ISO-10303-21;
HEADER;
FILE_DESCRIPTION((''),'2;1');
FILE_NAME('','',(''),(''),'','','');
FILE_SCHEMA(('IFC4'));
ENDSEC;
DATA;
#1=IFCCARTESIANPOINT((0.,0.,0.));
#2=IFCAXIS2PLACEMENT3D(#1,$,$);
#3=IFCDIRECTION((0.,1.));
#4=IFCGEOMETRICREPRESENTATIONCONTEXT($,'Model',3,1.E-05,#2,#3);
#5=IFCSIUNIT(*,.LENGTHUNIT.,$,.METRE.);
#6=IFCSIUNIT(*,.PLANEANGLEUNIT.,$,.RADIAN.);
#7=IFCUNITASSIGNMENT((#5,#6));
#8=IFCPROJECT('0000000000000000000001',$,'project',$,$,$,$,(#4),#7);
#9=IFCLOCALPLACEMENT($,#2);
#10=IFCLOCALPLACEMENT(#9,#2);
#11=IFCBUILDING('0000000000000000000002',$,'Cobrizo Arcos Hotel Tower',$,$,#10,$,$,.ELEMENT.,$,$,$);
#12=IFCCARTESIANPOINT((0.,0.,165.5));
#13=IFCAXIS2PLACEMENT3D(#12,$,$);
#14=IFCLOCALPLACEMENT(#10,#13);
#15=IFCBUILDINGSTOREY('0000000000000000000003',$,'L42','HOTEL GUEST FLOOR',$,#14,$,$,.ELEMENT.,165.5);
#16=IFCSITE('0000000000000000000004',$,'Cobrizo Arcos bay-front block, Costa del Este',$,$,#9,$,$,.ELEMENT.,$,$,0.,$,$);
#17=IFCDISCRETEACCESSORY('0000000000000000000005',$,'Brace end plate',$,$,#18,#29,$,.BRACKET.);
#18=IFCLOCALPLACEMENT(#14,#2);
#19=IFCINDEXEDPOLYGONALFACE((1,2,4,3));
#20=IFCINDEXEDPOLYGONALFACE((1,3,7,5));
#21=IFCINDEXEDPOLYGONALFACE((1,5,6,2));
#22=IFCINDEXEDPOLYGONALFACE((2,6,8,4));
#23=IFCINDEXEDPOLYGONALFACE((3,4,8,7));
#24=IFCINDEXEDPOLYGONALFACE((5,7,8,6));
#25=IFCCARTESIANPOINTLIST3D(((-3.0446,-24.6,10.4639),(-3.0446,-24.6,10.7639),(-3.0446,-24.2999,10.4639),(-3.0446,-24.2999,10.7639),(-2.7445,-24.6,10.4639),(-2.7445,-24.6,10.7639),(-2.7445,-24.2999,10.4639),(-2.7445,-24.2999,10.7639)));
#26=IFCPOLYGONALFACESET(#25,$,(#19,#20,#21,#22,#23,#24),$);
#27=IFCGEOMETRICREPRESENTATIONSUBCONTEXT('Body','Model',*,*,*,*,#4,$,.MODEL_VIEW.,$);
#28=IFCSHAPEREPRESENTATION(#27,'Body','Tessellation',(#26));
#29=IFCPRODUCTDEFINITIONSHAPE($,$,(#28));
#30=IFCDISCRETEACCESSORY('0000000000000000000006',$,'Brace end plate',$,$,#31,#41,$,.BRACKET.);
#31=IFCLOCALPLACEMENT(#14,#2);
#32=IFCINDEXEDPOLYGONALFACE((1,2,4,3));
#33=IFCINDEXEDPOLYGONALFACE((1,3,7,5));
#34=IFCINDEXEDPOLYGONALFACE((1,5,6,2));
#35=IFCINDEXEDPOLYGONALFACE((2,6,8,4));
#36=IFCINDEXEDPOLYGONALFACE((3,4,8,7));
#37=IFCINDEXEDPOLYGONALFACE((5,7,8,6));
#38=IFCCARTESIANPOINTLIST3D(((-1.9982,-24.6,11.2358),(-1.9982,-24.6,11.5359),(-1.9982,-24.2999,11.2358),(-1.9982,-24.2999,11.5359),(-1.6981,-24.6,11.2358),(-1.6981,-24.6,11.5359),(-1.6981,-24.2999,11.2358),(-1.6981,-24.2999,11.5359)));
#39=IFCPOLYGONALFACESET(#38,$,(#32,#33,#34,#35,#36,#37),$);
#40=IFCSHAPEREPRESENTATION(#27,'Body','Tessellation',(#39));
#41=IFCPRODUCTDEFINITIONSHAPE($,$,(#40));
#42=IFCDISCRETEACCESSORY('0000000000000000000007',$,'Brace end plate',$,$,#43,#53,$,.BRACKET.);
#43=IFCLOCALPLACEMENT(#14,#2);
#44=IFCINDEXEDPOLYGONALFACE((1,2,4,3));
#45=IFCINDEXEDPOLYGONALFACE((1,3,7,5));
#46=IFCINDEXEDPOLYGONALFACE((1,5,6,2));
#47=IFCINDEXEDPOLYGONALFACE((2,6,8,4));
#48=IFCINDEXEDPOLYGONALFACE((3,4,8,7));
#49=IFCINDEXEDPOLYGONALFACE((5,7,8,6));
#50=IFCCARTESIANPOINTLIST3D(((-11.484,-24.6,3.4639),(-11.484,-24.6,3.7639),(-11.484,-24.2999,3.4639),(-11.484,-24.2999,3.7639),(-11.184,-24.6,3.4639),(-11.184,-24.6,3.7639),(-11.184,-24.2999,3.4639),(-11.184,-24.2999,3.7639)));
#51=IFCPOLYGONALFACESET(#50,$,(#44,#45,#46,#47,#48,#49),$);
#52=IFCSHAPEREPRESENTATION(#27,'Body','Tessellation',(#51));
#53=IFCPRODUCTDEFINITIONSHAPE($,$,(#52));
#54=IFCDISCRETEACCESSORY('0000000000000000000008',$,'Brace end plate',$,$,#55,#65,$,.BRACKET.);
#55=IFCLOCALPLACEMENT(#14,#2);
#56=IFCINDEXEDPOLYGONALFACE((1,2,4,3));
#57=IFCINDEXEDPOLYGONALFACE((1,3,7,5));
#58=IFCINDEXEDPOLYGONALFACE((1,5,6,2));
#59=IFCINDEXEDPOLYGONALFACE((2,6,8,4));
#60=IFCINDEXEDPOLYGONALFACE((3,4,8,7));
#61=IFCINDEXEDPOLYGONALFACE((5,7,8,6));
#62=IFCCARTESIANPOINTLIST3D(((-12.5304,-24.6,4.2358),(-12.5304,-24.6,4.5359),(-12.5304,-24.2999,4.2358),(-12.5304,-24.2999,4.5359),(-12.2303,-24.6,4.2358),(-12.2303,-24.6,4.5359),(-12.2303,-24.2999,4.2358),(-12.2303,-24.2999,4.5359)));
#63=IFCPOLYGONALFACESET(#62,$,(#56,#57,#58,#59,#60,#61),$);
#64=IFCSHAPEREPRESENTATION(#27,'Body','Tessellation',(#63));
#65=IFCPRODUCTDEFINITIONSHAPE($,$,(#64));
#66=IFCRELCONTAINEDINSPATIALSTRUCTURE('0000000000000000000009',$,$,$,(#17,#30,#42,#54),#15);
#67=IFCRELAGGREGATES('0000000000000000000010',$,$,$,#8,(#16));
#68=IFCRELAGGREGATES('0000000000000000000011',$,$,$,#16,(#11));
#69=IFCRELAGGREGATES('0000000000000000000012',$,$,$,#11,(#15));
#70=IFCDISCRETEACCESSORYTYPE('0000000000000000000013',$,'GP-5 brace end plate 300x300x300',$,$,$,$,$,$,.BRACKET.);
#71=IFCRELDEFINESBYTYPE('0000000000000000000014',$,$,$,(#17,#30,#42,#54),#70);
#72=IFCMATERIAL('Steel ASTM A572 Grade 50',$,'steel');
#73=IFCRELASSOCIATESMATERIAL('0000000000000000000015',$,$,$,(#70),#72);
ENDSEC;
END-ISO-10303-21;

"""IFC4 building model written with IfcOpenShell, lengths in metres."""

from ifc_helpers import new_model, si_unit, direction, frame, origin, origin_2d, place, context, subcontext, project, spatial, rectangle, extrude, material, type_object, element, save


model = new_model("IFC4")

# Units and contexts
model_context = context("Model", 3, precision=1e-05, world=origin(), true_north=direction((0.0, 1.0)))
body_context = subcontext(model_context, "Body", "Model", "MODEL_VIEW")
ifc_project = project(units=[si_unit("LENGTHUNIT", "METRE"), si_unit("PLANEANGLEUNIT", "RADIAN")], contexts=[model_context])

# Site, building, storey
site_placement = place(None, origin())
site = spatial("IfcSite", under=ifc_project, at=site_placement, Name="Cobrizo Arcos bay-front block, Costa del Este", CompositionType="ELEMENT", RefElevation=0.0)
building_placement = place(site_placement, origin())
building = spatial("IfcBuilding", under=site, at=building_placement, Name="Cobrizo Arcos Hotel Tower", CompositionType="ELEMENT")
storey_placement = place(building_placement, frame((0.0, 0.0, 165.5)))
storey = spatial("IfcBuildingStorey", under=building, at=storey_placement, Name="L42", Description="HOTEL GUEST FLOOR", CompositionType="ELEMENT", Elevation=165.5)

# Shared definitions
ifc_material_1 = material(Name="Steel ASTM A572 Grade 50", Category="steel")

# Discrete accessories
discrete_accessory_type_1 = type_object("IfcDiscreteAccessoryType", Name="GP-5 brace end plate 300x300x300", PredefinedType="BRACKET", material=ifc_material_1)
for number, where, z_axis, x_axis, name in (
    (1, (-2.8945, -24.45, 10.4639), (0.0, 0.0, 1.0), (1.0, 0.0, 0.0), "Brace end plate"),
    (2, (-1.8481, -24.45, 11.2358), (0.0, 0.0, 1.0), (1.0, 0.0, 0.0), "Brace end plate"),
    (3, (-11.334, -24.45, 3.4639), (0.0, 0.0, 1.0), (1.0, 0.0, 0.0), "Brace end plate"),
    (4, (-12.3804, -24.45, 4.2358), (0.0, 0.0, 1.0), (1.0, 0.0, 0.0), "Brace end plate"),
):
    element("IfcDiscreteAccessory", number, at=place(storey_placement, frame(where, z_axis=z_axis, x_axis=x_axis)), inside=storey, type_object=discrete_accessory_type_1, Name=name, PredefinedType="BRACKET", context=body_context, shape_type="SweptSolid", body=[
        extrude(rectangle(XDim=0.3, YDim=0.3, at=origin_2d()), origin(), (0.0, 0.0, 1.0), 0.3),
    ])

save(model, "model.ifc")
